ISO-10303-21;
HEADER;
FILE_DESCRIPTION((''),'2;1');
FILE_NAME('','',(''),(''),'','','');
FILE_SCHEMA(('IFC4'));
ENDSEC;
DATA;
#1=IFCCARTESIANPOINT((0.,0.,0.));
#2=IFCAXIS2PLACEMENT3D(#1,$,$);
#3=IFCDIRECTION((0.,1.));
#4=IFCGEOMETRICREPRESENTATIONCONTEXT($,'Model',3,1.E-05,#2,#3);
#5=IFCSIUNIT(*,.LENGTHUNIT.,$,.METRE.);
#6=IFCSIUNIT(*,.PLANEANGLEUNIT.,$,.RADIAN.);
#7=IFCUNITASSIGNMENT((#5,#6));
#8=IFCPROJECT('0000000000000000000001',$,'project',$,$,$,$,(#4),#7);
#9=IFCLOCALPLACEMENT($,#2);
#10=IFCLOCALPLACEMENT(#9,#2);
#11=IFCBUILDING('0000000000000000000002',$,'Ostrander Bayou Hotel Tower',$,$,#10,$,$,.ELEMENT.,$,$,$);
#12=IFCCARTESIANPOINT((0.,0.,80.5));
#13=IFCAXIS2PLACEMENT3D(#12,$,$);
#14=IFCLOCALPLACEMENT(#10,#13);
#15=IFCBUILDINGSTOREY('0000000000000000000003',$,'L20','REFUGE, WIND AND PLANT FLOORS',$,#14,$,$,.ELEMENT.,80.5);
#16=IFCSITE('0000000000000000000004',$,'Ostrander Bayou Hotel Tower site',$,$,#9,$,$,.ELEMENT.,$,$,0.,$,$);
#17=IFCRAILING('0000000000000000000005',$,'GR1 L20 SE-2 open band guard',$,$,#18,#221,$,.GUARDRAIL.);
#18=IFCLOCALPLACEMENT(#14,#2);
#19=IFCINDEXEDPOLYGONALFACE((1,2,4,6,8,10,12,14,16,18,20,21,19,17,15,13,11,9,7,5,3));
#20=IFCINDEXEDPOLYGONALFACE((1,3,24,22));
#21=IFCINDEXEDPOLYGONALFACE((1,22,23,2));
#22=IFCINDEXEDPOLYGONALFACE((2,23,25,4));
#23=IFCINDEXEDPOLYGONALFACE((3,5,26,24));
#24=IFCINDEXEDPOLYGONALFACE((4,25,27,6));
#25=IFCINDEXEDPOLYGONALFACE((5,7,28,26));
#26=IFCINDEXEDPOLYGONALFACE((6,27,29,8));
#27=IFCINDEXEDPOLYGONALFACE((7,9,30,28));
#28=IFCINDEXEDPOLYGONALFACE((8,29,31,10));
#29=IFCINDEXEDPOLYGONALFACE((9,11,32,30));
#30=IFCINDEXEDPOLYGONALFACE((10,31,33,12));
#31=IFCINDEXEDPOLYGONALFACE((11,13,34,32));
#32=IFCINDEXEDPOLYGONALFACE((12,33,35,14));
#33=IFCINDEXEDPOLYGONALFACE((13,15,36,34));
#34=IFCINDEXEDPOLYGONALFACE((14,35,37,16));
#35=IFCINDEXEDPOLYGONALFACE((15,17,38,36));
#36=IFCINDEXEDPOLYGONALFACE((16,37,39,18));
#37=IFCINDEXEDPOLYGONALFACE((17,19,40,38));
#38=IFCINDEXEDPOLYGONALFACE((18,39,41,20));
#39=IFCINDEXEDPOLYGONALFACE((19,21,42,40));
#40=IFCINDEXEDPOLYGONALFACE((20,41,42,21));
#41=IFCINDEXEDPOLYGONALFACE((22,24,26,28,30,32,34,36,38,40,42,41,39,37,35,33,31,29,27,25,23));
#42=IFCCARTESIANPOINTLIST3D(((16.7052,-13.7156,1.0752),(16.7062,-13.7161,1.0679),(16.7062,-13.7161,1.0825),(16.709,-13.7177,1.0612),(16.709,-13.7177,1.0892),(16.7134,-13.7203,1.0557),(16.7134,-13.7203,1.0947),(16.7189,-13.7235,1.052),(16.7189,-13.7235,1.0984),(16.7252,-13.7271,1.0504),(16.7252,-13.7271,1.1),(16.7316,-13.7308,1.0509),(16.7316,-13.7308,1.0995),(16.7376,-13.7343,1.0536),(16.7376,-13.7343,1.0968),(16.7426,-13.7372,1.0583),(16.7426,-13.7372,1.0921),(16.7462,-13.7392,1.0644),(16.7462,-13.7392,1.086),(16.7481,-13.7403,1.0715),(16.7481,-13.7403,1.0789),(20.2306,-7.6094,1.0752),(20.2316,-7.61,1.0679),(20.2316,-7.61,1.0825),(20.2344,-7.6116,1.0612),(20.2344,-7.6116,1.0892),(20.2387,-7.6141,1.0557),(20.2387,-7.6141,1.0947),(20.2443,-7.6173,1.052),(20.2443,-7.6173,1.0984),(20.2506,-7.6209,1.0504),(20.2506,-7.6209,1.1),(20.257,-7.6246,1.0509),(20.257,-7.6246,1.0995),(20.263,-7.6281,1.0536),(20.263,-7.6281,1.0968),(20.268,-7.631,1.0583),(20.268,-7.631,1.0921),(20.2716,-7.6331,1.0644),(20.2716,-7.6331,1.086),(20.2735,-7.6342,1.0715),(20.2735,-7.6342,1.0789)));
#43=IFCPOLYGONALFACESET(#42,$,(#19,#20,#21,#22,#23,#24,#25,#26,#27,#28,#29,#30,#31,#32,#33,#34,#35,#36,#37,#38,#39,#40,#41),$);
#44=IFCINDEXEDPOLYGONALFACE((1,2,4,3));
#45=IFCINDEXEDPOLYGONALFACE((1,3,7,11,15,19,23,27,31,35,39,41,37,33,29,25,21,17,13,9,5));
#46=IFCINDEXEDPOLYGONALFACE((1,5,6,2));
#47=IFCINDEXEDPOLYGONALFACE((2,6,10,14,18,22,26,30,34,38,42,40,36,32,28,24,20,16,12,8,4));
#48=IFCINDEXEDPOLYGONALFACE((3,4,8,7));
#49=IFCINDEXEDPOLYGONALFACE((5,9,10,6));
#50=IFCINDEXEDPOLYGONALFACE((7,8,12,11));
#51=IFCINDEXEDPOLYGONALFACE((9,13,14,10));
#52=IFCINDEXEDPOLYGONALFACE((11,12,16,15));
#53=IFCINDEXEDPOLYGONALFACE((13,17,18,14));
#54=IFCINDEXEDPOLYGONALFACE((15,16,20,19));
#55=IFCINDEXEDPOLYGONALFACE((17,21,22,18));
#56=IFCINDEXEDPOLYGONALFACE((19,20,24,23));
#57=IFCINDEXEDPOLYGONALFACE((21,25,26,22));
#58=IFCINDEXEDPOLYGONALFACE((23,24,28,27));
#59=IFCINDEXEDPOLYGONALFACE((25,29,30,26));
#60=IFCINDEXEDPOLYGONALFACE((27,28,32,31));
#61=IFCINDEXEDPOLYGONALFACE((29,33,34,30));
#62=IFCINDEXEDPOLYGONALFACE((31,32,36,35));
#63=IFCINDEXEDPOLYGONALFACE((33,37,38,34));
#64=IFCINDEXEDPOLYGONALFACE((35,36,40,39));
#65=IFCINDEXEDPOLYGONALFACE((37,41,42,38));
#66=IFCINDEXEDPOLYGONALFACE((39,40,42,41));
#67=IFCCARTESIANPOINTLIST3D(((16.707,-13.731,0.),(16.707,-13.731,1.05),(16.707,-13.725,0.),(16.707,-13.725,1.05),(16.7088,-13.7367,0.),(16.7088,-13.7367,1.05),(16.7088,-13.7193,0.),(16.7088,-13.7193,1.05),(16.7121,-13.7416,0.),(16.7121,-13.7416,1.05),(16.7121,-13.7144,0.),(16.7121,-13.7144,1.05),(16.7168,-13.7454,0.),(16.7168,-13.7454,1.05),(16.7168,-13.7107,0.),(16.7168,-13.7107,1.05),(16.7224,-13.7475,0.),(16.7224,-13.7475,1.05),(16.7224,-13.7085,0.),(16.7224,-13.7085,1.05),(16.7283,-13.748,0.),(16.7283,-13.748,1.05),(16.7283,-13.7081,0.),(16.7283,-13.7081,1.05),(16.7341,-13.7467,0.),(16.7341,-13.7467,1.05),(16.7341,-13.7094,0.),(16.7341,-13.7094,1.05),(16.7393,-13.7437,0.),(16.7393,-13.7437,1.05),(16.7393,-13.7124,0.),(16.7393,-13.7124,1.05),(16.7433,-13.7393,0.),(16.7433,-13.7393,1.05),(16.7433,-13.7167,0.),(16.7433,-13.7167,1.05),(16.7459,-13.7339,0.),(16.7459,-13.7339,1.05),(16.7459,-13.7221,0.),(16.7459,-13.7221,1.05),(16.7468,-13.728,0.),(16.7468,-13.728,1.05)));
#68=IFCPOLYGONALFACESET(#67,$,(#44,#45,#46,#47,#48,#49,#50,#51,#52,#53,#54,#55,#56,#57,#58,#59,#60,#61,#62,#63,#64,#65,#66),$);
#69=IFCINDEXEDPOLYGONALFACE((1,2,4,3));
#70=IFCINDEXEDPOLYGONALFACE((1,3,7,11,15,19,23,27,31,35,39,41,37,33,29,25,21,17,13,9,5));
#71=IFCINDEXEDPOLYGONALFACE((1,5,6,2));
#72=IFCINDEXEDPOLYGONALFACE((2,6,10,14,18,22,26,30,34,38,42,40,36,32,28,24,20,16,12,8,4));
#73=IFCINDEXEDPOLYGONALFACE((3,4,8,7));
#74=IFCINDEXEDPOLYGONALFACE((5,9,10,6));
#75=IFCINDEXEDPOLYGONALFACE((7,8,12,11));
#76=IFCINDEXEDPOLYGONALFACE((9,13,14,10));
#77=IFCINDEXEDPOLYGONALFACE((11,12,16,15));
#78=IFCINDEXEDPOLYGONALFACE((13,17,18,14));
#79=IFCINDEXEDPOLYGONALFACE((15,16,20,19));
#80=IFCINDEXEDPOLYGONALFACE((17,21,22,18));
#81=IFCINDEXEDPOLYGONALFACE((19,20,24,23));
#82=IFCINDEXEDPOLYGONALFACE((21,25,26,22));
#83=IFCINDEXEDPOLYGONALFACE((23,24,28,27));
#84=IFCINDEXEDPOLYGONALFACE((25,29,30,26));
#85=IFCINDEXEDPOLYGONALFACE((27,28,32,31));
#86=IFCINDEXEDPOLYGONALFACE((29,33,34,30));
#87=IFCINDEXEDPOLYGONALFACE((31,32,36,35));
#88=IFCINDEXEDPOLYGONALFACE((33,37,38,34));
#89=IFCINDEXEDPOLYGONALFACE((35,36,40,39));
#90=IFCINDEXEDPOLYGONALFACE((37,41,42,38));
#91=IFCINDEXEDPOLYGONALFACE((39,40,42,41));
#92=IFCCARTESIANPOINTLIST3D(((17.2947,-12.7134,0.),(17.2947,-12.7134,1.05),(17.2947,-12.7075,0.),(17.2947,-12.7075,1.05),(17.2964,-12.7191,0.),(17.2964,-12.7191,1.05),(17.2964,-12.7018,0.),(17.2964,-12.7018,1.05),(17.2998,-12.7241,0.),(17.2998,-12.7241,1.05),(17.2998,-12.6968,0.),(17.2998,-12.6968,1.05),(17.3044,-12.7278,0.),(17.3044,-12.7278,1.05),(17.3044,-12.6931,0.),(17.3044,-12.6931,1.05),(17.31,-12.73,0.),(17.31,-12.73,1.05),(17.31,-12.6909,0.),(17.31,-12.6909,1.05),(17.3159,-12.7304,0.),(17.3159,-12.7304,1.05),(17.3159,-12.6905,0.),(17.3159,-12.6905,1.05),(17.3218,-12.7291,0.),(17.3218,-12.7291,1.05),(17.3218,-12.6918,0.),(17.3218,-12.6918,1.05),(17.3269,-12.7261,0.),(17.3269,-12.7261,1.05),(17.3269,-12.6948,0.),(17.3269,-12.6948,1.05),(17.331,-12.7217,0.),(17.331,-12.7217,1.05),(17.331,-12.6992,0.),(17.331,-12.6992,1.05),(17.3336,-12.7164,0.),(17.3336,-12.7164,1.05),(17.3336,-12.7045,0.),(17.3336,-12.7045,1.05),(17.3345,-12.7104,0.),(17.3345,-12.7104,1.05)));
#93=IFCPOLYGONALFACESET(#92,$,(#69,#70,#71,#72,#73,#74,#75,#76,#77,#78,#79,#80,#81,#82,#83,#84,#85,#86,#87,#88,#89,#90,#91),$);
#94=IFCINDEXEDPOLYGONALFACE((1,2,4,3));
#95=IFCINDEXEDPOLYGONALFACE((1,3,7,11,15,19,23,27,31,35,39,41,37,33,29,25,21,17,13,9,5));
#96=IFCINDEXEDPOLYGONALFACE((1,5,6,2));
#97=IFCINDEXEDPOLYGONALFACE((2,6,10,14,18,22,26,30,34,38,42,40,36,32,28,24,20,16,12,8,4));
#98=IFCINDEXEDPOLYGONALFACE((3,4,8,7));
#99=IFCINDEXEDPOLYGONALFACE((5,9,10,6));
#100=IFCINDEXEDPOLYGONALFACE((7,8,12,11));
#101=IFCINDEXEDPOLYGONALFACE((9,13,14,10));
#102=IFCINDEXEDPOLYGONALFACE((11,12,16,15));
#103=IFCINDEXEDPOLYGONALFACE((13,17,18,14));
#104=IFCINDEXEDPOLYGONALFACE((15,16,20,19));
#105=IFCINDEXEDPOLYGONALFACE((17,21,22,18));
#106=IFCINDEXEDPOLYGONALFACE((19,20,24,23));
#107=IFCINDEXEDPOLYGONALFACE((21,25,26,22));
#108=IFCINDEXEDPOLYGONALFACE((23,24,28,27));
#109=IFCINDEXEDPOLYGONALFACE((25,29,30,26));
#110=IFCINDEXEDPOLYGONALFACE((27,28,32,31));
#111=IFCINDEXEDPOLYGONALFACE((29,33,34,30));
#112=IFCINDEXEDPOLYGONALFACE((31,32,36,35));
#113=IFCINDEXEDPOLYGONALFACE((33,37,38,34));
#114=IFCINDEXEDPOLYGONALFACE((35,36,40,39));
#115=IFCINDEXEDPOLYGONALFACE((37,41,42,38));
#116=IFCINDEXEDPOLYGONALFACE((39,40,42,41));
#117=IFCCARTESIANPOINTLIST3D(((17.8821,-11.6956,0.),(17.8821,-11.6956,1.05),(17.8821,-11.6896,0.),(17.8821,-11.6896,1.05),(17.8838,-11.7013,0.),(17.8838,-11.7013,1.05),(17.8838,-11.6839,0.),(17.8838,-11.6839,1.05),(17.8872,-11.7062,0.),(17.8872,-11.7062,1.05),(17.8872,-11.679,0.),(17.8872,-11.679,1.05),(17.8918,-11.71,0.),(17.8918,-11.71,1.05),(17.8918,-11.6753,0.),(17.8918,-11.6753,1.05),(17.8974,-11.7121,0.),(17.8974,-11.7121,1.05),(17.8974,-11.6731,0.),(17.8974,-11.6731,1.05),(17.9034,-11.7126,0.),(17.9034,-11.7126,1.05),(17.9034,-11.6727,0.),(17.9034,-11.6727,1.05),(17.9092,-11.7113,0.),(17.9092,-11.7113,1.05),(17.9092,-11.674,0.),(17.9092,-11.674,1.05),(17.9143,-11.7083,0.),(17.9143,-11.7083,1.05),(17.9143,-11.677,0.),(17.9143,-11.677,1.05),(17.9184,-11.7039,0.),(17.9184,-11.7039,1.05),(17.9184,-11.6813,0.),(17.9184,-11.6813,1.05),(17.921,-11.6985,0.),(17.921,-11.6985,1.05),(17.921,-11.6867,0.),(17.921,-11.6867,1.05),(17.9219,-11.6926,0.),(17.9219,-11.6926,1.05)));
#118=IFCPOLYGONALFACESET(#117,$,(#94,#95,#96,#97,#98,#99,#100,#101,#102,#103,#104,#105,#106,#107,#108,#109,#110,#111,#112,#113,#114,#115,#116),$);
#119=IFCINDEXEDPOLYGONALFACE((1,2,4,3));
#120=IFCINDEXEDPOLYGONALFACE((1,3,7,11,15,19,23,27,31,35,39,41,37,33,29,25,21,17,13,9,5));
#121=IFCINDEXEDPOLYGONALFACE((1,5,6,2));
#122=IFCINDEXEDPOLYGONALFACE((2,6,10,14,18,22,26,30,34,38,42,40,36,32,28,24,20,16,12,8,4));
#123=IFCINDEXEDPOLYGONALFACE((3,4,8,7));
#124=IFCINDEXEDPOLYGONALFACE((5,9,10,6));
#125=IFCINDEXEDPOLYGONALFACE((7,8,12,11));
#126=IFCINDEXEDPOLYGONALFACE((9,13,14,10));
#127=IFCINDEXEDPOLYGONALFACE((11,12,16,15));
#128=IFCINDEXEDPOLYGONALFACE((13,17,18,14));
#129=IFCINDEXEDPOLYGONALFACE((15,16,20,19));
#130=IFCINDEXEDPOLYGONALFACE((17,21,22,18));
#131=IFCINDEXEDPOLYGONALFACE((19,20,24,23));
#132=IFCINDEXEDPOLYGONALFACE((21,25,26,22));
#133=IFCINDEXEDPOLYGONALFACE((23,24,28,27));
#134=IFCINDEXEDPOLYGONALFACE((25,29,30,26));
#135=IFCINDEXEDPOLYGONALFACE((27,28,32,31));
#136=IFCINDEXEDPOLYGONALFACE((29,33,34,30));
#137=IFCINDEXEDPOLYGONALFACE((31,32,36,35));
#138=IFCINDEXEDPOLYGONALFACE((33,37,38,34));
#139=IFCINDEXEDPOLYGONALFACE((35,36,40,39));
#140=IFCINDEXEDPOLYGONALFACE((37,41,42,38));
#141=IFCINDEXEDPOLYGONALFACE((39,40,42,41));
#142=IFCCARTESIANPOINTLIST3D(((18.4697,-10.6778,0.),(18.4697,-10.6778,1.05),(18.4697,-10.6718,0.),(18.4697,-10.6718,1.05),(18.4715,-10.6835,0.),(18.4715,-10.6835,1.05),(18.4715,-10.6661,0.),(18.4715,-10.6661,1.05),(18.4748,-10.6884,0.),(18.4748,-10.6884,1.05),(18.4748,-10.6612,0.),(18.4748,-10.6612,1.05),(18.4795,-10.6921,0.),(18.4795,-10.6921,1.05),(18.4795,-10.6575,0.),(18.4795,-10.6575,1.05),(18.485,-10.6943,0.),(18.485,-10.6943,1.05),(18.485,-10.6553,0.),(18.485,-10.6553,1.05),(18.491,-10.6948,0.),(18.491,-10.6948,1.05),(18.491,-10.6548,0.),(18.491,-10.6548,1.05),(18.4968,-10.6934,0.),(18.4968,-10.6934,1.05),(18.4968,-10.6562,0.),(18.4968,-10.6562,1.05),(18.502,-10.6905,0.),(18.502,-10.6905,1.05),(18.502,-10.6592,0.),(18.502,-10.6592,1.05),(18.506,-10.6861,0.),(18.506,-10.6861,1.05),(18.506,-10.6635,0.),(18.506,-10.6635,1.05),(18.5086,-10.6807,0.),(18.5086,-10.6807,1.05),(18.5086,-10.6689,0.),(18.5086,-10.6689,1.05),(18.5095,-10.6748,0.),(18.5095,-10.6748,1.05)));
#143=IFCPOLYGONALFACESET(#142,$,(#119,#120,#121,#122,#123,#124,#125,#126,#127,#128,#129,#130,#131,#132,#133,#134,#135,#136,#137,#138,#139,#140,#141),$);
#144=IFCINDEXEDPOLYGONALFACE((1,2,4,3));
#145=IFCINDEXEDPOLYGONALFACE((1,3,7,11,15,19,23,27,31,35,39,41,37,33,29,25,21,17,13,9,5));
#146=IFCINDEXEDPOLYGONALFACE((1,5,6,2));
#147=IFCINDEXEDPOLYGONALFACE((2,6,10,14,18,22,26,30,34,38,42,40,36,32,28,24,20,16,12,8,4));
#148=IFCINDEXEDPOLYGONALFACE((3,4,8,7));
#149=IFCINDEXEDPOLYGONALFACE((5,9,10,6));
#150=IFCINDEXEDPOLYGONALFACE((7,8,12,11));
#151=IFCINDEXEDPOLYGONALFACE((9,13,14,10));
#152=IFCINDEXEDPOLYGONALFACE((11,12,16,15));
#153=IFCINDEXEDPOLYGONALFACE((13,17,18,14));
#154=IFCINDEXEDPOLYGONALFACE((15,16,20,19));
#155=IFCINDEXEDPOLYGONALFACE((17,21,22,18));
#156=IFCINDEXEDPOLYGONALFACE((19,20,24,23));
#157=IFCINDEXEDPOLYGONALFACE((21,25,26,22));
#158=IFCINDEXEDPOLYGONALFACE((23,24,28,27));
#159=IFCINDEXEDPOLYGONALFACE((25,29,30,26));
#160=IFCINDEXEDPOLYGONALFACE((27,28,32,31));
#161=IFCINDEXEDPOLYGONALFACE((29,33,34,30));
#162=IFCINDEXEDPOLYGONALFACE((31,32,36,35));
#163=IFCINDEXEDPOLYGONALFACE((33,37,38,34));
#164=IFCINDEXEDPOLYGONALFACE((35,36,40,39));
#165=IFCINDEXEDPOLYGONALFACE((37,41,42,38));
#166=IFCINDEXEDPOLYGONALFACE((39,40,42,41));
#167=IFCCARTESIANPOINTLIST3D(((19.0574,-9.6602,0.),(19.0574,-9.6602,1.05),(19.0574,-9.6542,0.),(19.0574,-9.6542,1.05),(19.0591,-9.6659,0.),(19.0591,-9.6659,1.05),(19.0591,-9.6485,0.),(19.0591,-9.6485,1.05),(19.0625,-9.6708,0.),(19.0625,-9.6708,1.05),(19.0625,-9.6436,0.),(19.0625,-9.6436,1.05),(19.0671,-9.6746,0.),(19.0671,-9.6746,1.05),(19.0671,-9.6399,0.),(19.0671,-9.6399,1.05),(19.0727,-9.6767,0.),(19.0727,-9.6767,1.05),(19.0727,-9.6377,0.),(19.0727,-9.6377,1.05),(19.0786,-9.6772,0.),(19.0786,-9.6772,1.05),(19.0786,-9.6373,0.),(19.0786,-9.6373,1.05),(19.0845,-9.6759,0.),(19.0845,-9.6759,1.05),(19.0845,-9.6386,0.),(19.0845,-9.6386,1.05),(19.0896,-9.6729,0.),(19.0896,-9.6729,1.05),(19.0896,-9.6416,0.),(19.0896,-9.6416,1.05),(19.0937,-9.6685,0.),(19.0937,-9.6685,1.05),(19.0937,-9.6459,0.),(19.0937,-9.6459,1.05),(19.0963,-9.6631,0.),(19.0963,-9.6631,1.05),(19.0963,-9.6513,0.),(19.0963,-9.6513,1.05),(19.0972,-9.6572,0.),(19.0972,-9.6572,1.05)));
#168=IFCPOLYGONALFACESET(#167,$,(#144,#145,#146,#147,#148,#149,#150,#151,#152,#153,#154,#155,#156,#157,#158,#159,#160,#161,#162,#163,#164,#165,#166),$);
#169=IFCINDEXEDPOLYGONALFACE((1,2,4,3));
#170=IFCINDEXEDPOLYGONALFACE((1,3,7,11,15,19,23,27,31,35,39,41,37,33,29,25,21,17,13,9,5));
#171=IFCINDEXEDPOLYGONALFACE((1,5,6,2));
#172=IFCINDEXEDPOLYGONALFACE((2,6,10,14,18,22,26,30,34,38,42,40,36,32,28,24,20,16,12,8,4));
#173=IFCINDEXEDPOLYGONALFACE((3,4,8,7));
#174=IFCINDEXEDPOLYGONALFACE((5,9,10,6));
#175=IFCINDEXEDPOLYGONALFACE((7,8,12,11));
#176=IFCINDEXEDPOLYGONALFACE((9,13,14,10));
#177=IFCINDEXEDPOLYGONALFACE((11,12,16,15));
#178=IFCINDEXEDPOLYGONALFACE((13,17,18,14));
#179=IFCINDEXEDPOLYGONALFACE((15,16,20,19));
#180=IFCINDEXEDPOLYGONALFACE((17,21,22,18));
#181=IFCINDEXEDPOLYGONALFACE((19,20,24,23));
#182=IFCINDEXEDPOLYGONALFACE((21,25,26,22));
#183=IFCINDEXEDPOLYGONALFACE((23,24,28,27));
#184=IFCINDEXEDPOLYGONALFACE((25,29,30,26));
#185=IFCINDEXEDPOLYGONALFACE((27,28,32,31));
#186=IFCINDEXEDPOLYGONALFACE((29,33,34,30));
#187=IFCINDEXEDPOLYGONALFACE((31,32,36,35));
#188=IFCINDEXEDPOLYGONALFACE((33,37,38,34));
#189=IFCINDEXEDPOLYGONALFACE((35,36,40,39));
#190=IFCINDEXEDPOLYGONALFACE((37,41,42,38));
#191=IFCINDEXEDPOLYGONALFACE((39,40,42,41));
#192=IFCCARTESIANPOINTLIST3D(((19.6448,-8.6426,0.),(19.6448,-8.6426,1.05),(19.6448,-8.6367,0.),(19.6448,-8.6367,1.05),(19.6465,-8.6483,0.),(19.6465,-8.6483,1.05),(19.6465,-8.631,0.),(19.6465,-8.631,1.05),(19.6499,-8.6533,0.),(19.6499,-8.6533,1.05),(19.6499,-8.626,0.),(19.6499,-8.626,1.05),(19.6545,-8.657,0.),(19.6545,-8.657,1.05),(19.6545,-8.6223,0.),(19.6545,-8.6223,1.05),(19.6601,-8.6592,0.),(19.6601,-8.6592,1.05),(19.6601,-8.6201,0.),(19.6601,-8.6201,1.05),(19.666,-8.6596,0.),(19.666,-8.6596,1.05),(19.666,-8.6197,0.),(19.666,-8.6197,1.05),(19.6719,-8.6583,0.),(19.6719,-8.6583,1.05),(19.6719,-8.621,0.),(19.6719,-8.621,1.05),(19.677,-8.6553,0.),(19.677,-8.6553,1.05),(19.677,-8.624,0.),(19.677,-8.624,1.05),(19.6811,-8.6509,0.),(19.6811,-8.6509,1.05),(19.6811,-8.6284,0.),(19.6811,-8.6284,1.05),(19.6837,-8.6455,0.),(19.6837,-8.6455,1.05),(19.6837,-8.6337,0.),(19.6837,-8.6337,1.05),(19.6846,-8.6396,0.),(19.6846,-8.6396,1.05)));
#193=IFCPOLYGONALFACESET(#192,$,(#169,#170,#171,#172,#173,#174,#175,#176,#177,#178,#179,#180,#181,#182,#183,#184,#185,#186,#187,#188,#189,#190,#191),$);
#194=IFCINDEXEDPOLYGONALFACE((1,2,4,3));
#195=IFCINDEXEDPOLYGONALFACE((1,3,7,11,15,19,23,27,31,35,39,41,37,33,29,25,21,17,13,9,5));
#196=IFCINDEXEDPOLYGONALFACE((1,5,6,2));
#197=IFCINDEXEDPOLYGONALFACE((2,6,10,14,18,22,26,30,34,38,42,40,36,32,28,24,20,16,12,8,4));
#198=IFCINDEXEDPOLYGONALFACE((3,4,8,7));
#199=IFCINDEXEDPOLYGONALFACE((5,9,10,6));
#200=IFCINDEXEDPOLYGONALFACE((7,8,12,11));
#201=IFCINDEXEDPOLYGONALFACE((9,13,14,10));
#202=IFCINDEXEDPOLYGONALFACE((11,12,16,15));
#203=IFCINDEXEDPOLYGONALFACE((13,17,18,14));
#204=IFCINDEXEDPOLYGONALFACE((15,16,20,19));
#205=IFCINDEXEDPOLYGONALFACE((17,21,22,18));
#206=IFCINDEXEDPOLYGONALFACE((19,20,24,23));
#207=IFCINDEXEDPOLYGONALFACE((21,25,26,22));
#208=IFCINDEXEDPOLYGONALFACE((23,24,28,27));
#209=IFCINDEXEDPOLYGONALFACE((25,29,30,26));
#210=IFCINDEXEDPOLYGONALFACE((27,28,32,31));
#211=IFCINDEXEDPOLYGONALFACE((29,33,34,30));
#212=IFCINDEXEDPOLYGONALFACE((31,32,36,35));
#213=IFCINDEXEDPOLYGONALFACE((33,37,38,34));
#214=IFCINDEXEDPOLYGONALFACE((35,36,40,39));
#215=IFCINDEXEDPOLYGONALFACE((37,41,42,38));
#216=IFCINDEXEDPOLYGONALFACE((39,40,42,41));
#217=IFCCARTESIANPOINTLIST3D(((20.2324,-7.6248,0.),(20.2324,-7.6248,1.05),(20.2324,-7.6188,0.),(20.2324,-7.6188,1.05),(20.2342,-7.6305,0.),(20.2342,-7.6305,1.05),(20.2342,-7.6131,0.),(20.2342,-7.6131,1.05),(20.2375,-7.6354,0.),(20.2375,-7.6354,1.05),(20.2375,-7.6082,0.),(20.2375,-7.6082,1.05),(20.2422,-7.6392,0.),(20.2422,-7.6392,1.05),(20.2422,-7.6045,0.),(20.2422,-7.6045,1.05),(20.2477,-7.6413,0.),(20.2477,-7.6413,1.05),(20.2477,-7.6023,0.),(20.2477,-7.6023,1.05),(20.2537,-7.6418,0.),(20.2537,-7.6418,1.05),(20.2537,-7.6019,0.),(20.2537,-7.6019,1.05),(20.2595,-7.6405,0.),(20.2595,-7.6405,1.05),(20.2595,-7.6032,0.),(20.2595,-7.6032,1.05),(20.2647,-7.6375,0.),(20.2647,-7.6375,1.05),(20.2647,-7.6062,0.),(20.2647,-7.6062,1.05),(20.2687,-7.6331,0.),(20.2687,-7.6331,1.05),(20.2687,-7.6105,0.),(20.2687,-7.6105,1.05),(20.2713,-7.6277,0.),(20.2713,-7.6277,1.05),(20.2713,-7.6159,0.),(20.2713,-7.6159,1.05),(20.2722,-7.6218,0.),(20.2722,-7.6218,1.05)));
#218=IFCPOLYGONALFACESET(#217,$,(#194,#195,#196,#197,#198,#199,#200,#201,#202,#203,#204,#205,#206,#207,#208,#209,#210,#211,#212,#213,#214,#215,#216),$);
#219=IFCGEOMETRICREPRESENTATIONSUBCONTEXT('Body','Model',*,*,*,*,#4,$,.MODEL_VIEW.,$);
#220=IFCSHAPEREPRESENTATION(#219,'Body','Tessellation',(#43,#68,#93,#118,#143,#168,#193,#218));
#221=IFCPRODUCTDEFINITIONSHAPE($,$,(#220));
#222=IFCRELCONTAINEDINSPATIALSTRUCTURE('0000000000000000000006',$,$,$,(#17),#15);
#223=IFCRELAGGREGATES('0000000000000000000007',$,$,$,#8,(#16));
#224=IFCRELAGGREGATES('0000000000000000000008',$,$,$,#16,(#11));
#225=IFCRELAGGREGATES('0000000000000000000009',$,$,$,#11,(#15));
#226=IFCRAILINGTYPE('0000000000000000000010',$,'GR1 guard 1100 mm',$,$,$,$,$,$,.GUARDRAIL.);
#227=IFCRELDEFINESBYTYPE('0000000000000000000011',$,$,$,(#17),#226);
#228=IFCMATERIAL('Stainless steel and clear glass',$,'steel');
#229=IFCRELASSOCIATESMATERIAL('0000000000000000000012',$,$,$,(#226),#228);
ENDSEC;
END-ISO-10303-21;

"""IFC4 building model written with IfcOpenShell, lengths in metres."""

from ifc_helpers import new_model, si_unit, direction, frame, origin, origin_2d, place, context, subcontext, project, spatial, circle, extrude, material, type_object, element, save


model = new_model("IFC4")

# Units and contexts
model_context = context("Model", 3, precision=1e-05, world=origin(), true_north=direction((0.0, 1.0)))
body_context = subcontext(model_context, "Body", "Model", "MODEL_VIEW")
ifc_project = project(units=[si_unit("LENGTHUNIT", "METRE"), si_unit("PLANEANGLEUNIT", "RADIAN")], contexts=[model_context])

# Site, building, storey
site_placement = place(None, origin())
site = spatial("IfcSite", under=ifc_project, at=site_placement, Name="Ostrander Bayou Hotel Tower site", CompositionType="ELEMENT", RefElevation=0.0)
building_placement = place(site_placement, origin())
building = spatial("IfcBuilding", under=site, at=building_placement, Name="Ostrander Bayou Hotel Tower", CompositionType="ELEMENT")
storey_placement = place(building_placement, frame((0.0, 0.0, 80.5)))
storey = spatial("IfcBuildingStorey", under=building, at=storey_placement, Name="L20", Description="REFUGE, WIND AND PLANT FLOORS", CompositionType="ELEMENT", Elevation=80.5)

# Railing
ifc_material_1 = material(Name="Stainless steel and clear glass", Category="steel")
railing_type = type_object("IfcRailingType", Name="GR1 guard 1100 mm", PredefinedType="GUARDRAIL", material=ifc_material_1)
railing_placement = place(storey_placement, frame((16.7268, -13.728, 0.0)))
element("IfcRailing", 1, at=railing_placement, inside=storey, type_object=railing_type, Name="GR1 L20 SE-2 open band guard", PredefinedType="GUARDRAIL", context=body_context, shape_type="SweptSolid", body=[
    extrude(circle(Radius=0.0249, at=origin_2d()), frame((0.0, 0.0, 1.0752), z_axis=(0.499997, 0.866027, 0.0), x_axis=(-0.866027, 0.499997, 0.0)), (0.0, 0.0, 1.0), 7.0508),
    extrude(circle(Radius=0.02, at=origin_2d()), origin(), (0.0, 0.0, 1.0), 1.05),
    extrude(circle(Radius=0.02, at=origin_2d()), frame((0.5876, 1.0176, 0.0)), (0.0, 0.0, 1.0), 1.05),
    extrude(circle(Radius=0.02, at=origin_2d()), frame((1.175, 2.0354, 0.0)), (0.0, 0.0, 1.0), 1.05),
    extrude(circle(Radius=0.02, at=origin_2d()), frame((1.7627, 3.0532, 0.0)), (0.0, 0.0, 1.0), 1.05),
    extrude(circle(Radius=0.02, at=origin_2d()), frame((2.3503, 4.0708, 0.0)), (0.0, 0.0, 1.0), 1.05),
    extrude(circle(Radius=0.02, at=origin_2d()), frame((2.9377, 5.0884, 0.0)), (0.0, 0.0, 1.0), 1.05),
    extrude(circle(Radius=0.02, at=origin_2d()), frame((3.5254, 6.1062, 0.0)), (0.0, 0.0, 1.0), 1.05),
])

save(model, "model.ifc")
